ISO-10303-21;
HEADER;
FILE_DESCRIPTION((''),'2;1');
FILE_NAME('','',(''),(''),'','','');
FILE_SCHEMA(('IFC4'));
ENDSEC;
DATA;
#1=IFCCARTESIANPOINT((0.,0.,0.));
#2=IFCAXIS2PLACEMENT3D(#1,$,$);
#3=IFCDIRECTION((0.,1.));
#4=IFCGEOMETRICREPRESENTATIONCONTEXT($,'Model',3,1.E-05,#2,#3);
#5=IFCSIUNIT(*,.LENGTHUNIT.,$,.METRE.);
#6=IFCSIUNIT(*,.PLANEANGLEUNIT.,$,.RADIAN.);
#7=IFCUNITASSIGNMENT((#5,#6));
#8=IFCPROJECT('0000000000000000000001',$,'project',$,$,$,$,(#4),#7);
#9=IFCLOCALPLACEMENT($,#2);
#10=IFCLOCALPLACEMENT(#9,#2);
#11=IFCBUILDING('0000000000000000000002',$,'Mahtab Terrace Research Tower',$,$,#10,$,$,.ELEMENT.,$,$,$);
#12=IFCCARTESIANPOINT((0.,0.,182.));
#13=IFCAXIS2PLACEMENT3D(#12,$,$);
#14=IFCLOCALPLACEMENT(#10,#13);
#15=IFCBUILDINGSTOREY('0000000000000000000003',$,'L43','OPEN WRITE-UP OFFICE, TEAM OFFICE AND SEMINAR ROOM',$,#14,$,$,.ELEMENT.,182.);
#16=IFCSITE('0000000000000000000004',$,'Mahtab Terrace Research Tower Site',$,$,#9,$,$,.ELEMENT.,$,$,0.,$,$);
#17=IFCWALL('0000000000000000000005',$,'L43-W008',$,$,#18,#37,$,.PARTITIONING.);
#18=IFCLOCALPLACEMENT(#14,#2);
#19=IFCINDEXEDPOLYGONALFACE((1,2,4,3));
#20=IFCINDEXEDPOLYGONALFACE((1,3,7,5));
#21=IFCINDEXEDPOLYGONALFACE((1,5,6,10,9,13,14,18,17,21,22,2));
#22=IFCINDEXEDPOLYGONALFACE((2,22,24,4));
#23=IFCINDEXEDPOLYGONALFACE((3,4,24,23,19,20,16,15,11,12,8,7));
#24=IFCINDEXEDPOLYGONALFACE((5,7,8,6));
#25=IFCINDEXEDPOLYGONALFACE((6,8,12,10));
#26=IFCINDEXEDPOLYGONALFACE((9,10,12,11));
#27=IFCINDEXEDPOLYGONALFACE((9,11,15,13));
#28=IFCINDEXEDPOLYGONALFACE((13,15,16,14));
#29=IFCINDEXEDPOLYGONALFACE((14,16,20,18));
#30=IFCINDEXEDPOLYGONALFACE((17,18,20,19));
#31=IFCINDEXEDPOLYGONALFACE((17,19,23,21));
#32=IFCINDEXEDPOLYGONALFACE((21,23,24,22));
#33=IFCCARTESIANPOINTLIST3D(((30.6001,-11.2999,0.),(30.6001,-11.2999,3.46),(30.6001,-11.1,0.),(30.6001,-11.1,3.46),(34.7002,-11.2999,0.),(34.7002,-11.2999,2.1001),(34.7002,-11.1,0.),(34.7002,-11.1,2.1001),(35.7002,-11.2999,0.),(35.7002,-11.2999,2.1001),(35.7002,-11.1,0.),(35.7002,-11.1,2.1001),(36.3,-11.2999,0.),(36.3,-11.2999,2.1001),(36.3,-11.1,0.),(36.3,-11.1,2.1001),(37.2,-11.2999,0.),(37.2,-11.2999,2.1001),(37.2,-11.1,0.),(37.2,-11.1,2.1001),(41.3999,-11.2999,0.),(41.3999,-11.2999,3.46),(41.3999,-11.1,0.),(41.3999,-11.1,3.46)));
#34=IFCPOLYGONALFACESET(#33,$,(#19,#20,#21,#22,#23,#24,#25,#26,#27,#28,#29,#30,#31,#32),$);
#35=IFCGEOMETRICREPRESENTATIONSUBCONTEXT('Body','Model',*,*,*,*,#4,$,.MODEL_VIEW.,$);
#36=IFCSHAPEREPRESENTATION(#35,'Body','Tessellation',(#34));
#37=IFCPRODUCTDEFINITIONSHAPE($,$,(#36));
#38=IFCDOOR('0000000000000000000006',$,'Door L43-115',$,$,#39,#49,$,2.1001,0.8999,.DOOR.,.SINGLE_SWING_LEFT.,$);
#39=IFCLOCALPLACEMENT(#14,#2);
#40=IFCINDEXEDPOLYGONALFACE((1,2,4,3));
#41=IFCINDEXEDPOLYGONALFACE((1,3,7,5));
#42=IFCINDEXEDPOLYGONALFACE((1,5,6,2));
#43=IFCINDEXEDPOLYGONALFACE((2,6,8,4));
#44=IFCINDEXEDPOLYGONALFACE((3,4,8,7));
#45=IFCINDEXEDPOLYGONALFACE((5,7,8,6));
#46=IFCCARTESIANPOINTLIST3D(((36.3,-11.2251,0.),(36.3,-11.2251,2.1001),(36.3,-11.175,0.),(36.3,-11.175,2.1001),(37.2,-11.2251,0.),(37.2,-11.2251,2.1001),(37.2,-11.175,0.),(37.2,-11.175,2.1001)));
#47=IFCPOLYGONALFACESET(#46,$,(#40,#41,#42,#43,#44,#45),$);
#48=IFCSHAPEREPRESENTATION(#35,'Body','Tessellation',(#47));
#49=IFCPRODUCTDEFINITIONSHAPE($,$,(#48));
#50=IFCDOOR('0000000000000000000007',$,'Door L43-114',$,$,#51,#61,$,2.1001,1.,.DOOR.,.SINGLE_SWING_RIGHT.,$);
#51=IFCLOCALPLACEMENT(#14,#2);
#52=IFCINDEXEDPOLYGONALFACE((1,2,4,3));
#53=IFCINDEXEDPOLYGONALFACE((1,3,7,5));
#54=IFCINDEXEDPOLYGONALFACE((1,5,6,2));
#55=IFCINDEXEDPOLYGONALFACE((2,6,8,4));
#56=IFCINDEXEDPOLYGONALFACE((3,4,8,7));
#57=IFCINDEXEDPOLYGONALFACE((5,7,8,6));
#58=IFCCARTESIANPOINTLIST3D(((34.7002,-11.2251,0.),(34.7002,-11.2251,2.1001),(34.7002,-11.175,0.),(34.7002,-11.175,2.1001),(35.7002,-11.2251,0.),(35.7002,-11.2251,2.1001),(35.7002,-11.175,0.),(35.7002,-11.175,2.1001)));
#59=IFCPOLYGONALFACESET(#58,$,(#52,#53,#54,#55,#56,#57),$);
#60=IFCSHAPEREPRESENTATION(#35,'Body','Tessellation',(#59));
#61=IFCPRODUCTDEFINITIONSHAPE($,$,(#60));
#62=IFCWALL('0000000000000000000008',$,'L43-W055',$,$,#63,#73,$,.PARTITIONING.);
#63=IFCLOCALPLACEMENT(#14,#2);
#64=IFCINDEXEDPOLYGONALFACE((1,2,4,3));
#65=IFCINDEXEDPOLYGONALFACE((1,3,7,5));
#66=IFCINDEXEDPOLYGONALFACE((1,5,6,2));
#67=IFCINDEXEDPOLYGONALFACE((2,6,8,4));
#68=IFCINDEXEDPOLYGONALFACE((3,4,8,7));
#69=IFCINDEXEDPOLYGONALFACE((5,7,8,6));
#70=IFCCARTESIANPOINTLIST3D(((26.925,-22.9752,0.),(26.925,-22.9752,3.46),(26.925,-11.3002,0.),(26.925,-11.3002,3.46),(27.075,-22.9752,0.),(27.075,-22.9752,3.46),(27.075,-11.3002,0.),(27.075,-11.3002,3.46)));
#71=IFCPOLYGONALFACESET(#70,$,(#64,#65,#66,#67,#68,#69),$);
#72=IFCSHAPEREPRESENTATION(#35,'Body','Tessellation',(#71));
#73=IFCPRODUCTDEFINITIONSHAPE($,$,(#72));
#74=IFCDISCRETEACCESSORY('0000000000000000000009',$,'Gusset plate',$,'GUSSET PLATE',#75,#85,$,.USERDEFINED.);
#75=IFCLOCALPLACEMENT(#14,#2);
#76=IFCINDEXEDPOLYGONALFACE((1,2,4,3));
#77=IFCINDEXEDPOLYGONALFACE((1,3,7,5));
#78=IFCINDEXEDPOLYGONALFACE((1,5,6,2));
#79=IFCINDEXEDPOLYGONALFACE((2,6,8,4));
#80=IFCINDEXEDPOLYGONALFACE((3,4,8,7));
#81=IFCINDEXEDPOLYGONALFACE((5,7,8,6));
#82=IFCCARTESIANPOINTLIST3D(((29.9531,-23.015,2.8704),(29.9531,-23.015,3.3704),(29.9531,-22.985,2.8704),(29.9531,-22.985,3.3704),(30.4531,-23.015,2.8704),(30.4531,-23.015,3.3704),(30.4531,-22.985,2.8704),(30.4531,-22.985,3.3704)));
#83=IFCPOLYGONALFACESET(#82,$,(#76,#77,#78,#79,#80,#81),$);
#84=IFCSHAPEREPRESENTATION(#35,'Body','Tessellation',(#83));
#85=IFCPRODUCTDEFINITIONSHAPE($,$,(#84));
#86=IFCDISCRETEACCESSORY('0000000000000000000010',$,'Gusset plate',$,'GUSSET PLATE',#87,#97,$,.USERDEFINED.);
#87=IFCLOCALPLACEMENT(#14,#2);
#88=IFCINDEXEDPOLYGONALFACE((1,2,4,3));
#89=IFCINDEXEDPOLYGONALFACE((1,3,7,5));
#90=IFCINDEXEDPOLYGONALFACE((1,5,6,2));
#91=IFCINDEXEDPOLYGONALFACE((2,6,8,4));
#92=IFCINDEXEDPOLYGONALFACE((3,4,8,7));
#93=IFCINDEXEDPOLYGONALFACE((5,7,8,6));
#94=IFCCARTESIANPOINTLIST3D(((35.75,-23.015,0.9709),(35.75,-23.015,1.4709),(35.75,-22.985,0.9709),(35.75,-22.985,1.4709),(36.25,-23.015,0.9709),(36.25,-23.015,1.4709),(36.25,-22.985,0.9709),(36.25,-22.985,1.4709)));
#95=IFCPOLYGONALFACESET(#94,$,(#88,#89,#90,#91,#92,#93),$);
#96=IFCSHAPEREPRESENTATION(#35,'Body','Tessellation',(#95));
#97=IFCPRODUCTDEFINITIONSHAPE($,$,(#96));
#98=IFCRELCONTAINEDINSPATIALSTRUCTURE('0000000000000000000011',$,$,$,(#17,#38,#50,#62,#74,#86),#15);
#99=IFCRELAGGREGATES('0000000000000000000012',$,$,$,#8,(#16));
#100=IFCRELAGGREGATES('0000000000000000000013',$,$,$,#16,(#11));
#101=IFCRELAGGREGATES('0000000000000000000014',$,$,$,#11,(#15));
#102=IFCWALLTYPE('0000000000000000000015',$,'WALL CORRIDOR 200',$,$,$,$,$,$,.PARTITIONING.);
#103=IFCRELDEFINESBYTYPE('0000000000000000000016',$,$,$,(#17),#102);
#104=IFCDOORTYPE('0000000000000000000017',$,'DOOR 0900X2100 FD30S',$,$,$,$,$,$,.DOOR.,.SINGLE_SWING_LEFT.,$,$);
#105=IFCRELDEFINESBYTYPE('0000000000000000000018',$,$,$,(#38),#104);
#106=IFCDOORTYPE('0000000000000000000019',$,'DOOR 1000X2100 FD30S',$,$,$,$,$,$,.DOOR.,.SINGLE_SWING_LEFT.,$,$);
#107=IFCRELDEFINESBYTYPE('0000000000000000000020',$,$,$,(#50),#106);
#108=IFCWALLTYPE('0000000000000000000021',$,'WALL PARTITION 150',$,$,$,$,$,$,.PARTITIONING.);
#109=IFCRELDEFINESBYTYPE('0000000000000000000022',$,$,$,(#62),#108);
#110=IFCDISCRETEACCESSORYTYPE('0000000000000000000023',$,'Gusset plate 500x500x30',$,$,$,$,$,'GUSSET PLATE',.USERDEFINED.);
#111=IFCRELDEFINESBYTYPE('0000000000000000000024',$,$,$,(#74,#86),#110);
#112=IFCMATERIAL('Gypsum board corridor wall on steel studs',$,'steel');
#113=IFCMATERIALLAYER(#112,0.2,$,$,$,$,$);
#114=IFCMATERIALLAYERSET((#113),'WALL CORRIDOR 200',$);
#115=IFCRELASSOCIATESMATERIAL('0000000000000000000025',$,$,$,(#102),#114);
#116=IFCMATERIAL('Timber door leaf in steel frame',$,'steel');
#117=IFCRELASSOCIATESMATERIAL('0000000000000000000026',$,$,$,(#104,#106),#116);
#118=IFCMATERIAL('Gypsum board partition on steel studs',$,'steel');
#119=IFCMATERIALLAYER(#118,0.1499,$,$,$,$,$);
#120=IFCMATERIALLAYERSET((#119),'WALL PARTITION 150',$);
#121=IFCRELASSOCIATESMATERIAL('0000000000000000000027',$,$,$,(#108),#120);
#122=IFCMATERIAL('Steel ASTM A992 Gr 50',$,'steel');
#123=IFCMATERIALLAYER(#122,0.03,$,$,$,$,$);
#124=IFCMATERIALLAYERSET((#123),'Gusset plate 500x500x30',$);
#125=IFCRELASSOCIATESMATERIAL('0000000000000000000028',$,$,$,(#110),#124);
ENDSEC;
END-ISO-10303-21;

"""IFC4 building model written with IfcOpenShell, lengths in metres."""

from ifc_helpers import new_model, si_unit, direction, frame, frame_2d, origin, origin_2d, place, context, subcontext, project, spatial, rectangle, extrude, material, layer, layer_set, type_object, element, fill, save


model = new_model("IFC4")

# Units and contexts
model_context = context("Model", 3, precision=1e-05, world=origin(), true_north=direction((0.0, 1.0)))
body_context = subcontext(model_context, "Body", "Model", "MODEL_VIEW")
ifc_project = project(units=[si_unit("LENGTHUNIT", "METRE"), si_unit("PLANEANGLEUNIT", "RADIAN")], contexts=[model_context])

# Site, building, storey
site_placement = place(None, origin())
site = spatial("IfcSite", under=ifc_project, at=site_placement, Name="Mahtab Terrace Research Tower Site", CompositionType="ELEMENT", RefElevation=0.0)
building_placement = place(site_placement, origin())
building = spatial("IfcBuilding", under=site, at=building_placement, Name="Mahtab Terrace Research Tower", CompositionType="ELEMENT")
storey_placement = place(building_placement, frame((0.0, 0.0, 182.0)))
storey = spatial("IfcBuildingStorey", under=building, at=storey_placement, Name="L43", Description="OPEN WRITE-UP OFFICE, TEAM OFFICE AND SEMINAR ROOM", CompositionType="ELEMENT", Elevation=182.0)

# Shared definitions
ifc_material_1 = material(Name="Steel ASTM A992 Gr 50", Category="steel")

# Wall, openings, doors
ifc_material_2 = material(Name="Gypsum board corridor wall on steel studs", Category="steel")
ifc_layer_1 = layer(ifc_material_2, 0.2)
ifc_layer_set_1 = layer_set([ifc_layer_1], Name="WALL CORRIDOR 200")
wall_type_1 = type_object("IfcWallType", Name="WALL CORRIDOR 200", PredefinedType="PARTITIONING", material=ifc_layer_set_1)
wall_1_placement = place(storey_placement, frame((30.6001, -11.2, 0.0), z_axis=(0.0, 0.0, 1.0), x_axis=(1.0, 0.0, 0.0)))
wall_1 = element("IfcWall", 1, at=wall_1_placement, inside=storey, type_object=wall_type_1, Name="L43-W008", PredefinedType="PARTITIONING", context=body_context, shape_type="SweptSolid", body=[
    extrude(rectangle(XDim=10.7998, YDim=0.2, at=frame_2d((5.3999, 0.0))), origin(), (0.0, 0.0, 1.0), 3.46),
])
opening_1_placement = place(wall_1_placement, frame((4.1001, 0.0, 0.0)))
opening_1 = element("IfcOpeningElement", 2, at=opening_1_placement, cuts=wall_1, PredefinedType="OPENING", context=body_context, shape_type="SweptSolid", body=[
    extrude(rectangle(XDim=1.0, YDim=2.1001, at=frame_2d((0.5, 1.05))), frame((0.0, 0.1099, 0.0), z_axis=(0.0, -1.0, 0.0), x_axis=(1.0, 0.0, 0.0)), (0.0, 0.0, 1.0), 0.22),
])
opening_2_placement = place(wall_1_placement, frame((5.7, 0.0, 0.0)))
opening_2 = element("IfcOpeningElement", 3, at=opening_2_placement, cuts=wall_1, PredefinedType="OPENING", context=body_context, shape_type="SweptSolid", body=[
    extrude(rectangle(XDim=0.8999, YDim=2.1001, at=frame_2d((0.45, 1.05))), frame((0.0, 0.1099, 0.0), z_axis=(0.0, -1.0, 0.0), x_axis=(1.0, 0.0, 0.0)), (0.0, 0.0, 1.0), 0.22),
])
ifc_material_3 = material(Name="Timber door leaf in steel frame", Category="steel")
door_type_1 = type_object("IfcDoorType", Name="DOOR 0900X2100 FD30S", OperationType="SINGLE_SWING_LEFT", PredefinedType="DOOR", material=ifc_material_3)
door_1_placement = place(opening_2_placement, origin())
door_1 = element("IfcDoor", 4, at=door_1_placement, inside=storey, type_object=door_type_1, Name="Door L43-115", OperationType="SINGLE_SWING_LEFT", OverallHeight=2.1001, OverallWidth=0.8999, PredefinedType="DOOR", context=body_context, shape_type="SweptSolid", body=[
    extrude(rectangle(XDim=0.8999, YDim=2.1001, at=frame_2d((0.45, 1.05))), frame((0.0, 0.0249, 0.0), z_axis=(0.0, -1.0, 0.0), x_axis=(1.0, 0.0, 0.0)), (0.0, 0.0, 1.0), 0.05),
])
fill(opening_2, door_1)
door_type_2 = type_object("IfcDoorType", Name="DOOR 1000X2100 FD30S", OperationType="SINGLE_SWING_LEFT", PredefinedType="DOOR", material=ifc_material_3)
door_2_placement = place(opening_1_placement, origin())
door_2 = element("IfcDoor", 5, at=door_2_placement, inside=storey, type_object=door_type_2, Name="Door L43-114", OperationType="SINGLE_SWING_RIGHT", OverallHeight=2.1001, OverallWidth=1.0, PredefinedType="DOOR", context=body_context, shape_type="SweptSolid", body=[
    extrude(rectangle(XDim=1.0, YDim=2.1001, at=frame_2d((0.5, 1.05))), frame((0.0, 0.0249, 0.0), z_axis=(0.0, -1.0, 0.0), x_axis=(1.0, 0.0, 0.0)), (0.0, 0.0, 1.0), 0.05),
])
fill(opening_1, door_2)

# Wall
ifc_material_4 = material(Name="Gypsum board partition on steel studs", Category="steel")
ifc_layer_2 = layer(ifc_material_4, 0.1499)
ifc_layer_set_2 = layer_set([ifc_layer_2], Name="WALL PARTITION 150")
wall_type_2 = type_object("IfcWallType", Name="WALL PARTITION 150", PredefinedType="PARTITIONING", material=ifc_layer_set_2)
wall_2_placement = place(storey_placement, frame((27.0, -22.9751, 0.0), z_axis=(0.0, 0.0, 1.0), x_axis=(0.0, 1.0, 0.0)))
element("IfcWall", 6, at=wall_2_placement, inside=storey, type_object=wall_type_2, Name="L43-W055", PredefinedType="PARTITIONING", context=body_context, shape_type="SweptSolid", body=[
    extrude(rectangle(XDim=11.675, YDim=0.1499, at=frame_2d((5.8374, 0.0))), origin(), (0.0, 0.0, 1.0), 3.46),
])

# Discrete accessories
ifc_layer_3 = layer(ifc_material_1, 0.03)
ifc_layer_set_3 = layer_set([ifc_layer_3], Name="Gusset plate 500x500x30")
discrete_accessory_type = type_object("IfcDiscreteAccessoryType", Name="Gusset plate 500x500x30", ElementType="GUSSET PLATE", PredefinedType="USERDEFINED", material=ifc_layer_set_3)
for number, where, z_axis, x_axis, name in (
    (7, (30.2031, -23.0, 2.8704), (0.0, 0.0, 1.0), (1.0, 0.0, 0.0), "Gusset plate"),
    (8, (36.0, -23.0, 0.9709), (0.0, 0.0, 1.0), (1.0, 0.0, 0.0), "Gusset plate"),
):
    element("IfcDiscreteAccessory", number, at=place(storey_placement, frame(where, z_axis=z_axis, x_axis=x_axis)), inside=storey, type_object=discrete_accessory_type, Name=name, ObjectType="GUSSET PLATE", PredefinedType="USERDEFINED", context=body_context, shape_type="SweptSolid", body=[
        extrude(rectangle(XDim=0.5, YDim=0.03, at=origin_2d()), origin(), (0.0, 0.0, 1.0), 0.5),
    ])

save(model, "model.ifc")
